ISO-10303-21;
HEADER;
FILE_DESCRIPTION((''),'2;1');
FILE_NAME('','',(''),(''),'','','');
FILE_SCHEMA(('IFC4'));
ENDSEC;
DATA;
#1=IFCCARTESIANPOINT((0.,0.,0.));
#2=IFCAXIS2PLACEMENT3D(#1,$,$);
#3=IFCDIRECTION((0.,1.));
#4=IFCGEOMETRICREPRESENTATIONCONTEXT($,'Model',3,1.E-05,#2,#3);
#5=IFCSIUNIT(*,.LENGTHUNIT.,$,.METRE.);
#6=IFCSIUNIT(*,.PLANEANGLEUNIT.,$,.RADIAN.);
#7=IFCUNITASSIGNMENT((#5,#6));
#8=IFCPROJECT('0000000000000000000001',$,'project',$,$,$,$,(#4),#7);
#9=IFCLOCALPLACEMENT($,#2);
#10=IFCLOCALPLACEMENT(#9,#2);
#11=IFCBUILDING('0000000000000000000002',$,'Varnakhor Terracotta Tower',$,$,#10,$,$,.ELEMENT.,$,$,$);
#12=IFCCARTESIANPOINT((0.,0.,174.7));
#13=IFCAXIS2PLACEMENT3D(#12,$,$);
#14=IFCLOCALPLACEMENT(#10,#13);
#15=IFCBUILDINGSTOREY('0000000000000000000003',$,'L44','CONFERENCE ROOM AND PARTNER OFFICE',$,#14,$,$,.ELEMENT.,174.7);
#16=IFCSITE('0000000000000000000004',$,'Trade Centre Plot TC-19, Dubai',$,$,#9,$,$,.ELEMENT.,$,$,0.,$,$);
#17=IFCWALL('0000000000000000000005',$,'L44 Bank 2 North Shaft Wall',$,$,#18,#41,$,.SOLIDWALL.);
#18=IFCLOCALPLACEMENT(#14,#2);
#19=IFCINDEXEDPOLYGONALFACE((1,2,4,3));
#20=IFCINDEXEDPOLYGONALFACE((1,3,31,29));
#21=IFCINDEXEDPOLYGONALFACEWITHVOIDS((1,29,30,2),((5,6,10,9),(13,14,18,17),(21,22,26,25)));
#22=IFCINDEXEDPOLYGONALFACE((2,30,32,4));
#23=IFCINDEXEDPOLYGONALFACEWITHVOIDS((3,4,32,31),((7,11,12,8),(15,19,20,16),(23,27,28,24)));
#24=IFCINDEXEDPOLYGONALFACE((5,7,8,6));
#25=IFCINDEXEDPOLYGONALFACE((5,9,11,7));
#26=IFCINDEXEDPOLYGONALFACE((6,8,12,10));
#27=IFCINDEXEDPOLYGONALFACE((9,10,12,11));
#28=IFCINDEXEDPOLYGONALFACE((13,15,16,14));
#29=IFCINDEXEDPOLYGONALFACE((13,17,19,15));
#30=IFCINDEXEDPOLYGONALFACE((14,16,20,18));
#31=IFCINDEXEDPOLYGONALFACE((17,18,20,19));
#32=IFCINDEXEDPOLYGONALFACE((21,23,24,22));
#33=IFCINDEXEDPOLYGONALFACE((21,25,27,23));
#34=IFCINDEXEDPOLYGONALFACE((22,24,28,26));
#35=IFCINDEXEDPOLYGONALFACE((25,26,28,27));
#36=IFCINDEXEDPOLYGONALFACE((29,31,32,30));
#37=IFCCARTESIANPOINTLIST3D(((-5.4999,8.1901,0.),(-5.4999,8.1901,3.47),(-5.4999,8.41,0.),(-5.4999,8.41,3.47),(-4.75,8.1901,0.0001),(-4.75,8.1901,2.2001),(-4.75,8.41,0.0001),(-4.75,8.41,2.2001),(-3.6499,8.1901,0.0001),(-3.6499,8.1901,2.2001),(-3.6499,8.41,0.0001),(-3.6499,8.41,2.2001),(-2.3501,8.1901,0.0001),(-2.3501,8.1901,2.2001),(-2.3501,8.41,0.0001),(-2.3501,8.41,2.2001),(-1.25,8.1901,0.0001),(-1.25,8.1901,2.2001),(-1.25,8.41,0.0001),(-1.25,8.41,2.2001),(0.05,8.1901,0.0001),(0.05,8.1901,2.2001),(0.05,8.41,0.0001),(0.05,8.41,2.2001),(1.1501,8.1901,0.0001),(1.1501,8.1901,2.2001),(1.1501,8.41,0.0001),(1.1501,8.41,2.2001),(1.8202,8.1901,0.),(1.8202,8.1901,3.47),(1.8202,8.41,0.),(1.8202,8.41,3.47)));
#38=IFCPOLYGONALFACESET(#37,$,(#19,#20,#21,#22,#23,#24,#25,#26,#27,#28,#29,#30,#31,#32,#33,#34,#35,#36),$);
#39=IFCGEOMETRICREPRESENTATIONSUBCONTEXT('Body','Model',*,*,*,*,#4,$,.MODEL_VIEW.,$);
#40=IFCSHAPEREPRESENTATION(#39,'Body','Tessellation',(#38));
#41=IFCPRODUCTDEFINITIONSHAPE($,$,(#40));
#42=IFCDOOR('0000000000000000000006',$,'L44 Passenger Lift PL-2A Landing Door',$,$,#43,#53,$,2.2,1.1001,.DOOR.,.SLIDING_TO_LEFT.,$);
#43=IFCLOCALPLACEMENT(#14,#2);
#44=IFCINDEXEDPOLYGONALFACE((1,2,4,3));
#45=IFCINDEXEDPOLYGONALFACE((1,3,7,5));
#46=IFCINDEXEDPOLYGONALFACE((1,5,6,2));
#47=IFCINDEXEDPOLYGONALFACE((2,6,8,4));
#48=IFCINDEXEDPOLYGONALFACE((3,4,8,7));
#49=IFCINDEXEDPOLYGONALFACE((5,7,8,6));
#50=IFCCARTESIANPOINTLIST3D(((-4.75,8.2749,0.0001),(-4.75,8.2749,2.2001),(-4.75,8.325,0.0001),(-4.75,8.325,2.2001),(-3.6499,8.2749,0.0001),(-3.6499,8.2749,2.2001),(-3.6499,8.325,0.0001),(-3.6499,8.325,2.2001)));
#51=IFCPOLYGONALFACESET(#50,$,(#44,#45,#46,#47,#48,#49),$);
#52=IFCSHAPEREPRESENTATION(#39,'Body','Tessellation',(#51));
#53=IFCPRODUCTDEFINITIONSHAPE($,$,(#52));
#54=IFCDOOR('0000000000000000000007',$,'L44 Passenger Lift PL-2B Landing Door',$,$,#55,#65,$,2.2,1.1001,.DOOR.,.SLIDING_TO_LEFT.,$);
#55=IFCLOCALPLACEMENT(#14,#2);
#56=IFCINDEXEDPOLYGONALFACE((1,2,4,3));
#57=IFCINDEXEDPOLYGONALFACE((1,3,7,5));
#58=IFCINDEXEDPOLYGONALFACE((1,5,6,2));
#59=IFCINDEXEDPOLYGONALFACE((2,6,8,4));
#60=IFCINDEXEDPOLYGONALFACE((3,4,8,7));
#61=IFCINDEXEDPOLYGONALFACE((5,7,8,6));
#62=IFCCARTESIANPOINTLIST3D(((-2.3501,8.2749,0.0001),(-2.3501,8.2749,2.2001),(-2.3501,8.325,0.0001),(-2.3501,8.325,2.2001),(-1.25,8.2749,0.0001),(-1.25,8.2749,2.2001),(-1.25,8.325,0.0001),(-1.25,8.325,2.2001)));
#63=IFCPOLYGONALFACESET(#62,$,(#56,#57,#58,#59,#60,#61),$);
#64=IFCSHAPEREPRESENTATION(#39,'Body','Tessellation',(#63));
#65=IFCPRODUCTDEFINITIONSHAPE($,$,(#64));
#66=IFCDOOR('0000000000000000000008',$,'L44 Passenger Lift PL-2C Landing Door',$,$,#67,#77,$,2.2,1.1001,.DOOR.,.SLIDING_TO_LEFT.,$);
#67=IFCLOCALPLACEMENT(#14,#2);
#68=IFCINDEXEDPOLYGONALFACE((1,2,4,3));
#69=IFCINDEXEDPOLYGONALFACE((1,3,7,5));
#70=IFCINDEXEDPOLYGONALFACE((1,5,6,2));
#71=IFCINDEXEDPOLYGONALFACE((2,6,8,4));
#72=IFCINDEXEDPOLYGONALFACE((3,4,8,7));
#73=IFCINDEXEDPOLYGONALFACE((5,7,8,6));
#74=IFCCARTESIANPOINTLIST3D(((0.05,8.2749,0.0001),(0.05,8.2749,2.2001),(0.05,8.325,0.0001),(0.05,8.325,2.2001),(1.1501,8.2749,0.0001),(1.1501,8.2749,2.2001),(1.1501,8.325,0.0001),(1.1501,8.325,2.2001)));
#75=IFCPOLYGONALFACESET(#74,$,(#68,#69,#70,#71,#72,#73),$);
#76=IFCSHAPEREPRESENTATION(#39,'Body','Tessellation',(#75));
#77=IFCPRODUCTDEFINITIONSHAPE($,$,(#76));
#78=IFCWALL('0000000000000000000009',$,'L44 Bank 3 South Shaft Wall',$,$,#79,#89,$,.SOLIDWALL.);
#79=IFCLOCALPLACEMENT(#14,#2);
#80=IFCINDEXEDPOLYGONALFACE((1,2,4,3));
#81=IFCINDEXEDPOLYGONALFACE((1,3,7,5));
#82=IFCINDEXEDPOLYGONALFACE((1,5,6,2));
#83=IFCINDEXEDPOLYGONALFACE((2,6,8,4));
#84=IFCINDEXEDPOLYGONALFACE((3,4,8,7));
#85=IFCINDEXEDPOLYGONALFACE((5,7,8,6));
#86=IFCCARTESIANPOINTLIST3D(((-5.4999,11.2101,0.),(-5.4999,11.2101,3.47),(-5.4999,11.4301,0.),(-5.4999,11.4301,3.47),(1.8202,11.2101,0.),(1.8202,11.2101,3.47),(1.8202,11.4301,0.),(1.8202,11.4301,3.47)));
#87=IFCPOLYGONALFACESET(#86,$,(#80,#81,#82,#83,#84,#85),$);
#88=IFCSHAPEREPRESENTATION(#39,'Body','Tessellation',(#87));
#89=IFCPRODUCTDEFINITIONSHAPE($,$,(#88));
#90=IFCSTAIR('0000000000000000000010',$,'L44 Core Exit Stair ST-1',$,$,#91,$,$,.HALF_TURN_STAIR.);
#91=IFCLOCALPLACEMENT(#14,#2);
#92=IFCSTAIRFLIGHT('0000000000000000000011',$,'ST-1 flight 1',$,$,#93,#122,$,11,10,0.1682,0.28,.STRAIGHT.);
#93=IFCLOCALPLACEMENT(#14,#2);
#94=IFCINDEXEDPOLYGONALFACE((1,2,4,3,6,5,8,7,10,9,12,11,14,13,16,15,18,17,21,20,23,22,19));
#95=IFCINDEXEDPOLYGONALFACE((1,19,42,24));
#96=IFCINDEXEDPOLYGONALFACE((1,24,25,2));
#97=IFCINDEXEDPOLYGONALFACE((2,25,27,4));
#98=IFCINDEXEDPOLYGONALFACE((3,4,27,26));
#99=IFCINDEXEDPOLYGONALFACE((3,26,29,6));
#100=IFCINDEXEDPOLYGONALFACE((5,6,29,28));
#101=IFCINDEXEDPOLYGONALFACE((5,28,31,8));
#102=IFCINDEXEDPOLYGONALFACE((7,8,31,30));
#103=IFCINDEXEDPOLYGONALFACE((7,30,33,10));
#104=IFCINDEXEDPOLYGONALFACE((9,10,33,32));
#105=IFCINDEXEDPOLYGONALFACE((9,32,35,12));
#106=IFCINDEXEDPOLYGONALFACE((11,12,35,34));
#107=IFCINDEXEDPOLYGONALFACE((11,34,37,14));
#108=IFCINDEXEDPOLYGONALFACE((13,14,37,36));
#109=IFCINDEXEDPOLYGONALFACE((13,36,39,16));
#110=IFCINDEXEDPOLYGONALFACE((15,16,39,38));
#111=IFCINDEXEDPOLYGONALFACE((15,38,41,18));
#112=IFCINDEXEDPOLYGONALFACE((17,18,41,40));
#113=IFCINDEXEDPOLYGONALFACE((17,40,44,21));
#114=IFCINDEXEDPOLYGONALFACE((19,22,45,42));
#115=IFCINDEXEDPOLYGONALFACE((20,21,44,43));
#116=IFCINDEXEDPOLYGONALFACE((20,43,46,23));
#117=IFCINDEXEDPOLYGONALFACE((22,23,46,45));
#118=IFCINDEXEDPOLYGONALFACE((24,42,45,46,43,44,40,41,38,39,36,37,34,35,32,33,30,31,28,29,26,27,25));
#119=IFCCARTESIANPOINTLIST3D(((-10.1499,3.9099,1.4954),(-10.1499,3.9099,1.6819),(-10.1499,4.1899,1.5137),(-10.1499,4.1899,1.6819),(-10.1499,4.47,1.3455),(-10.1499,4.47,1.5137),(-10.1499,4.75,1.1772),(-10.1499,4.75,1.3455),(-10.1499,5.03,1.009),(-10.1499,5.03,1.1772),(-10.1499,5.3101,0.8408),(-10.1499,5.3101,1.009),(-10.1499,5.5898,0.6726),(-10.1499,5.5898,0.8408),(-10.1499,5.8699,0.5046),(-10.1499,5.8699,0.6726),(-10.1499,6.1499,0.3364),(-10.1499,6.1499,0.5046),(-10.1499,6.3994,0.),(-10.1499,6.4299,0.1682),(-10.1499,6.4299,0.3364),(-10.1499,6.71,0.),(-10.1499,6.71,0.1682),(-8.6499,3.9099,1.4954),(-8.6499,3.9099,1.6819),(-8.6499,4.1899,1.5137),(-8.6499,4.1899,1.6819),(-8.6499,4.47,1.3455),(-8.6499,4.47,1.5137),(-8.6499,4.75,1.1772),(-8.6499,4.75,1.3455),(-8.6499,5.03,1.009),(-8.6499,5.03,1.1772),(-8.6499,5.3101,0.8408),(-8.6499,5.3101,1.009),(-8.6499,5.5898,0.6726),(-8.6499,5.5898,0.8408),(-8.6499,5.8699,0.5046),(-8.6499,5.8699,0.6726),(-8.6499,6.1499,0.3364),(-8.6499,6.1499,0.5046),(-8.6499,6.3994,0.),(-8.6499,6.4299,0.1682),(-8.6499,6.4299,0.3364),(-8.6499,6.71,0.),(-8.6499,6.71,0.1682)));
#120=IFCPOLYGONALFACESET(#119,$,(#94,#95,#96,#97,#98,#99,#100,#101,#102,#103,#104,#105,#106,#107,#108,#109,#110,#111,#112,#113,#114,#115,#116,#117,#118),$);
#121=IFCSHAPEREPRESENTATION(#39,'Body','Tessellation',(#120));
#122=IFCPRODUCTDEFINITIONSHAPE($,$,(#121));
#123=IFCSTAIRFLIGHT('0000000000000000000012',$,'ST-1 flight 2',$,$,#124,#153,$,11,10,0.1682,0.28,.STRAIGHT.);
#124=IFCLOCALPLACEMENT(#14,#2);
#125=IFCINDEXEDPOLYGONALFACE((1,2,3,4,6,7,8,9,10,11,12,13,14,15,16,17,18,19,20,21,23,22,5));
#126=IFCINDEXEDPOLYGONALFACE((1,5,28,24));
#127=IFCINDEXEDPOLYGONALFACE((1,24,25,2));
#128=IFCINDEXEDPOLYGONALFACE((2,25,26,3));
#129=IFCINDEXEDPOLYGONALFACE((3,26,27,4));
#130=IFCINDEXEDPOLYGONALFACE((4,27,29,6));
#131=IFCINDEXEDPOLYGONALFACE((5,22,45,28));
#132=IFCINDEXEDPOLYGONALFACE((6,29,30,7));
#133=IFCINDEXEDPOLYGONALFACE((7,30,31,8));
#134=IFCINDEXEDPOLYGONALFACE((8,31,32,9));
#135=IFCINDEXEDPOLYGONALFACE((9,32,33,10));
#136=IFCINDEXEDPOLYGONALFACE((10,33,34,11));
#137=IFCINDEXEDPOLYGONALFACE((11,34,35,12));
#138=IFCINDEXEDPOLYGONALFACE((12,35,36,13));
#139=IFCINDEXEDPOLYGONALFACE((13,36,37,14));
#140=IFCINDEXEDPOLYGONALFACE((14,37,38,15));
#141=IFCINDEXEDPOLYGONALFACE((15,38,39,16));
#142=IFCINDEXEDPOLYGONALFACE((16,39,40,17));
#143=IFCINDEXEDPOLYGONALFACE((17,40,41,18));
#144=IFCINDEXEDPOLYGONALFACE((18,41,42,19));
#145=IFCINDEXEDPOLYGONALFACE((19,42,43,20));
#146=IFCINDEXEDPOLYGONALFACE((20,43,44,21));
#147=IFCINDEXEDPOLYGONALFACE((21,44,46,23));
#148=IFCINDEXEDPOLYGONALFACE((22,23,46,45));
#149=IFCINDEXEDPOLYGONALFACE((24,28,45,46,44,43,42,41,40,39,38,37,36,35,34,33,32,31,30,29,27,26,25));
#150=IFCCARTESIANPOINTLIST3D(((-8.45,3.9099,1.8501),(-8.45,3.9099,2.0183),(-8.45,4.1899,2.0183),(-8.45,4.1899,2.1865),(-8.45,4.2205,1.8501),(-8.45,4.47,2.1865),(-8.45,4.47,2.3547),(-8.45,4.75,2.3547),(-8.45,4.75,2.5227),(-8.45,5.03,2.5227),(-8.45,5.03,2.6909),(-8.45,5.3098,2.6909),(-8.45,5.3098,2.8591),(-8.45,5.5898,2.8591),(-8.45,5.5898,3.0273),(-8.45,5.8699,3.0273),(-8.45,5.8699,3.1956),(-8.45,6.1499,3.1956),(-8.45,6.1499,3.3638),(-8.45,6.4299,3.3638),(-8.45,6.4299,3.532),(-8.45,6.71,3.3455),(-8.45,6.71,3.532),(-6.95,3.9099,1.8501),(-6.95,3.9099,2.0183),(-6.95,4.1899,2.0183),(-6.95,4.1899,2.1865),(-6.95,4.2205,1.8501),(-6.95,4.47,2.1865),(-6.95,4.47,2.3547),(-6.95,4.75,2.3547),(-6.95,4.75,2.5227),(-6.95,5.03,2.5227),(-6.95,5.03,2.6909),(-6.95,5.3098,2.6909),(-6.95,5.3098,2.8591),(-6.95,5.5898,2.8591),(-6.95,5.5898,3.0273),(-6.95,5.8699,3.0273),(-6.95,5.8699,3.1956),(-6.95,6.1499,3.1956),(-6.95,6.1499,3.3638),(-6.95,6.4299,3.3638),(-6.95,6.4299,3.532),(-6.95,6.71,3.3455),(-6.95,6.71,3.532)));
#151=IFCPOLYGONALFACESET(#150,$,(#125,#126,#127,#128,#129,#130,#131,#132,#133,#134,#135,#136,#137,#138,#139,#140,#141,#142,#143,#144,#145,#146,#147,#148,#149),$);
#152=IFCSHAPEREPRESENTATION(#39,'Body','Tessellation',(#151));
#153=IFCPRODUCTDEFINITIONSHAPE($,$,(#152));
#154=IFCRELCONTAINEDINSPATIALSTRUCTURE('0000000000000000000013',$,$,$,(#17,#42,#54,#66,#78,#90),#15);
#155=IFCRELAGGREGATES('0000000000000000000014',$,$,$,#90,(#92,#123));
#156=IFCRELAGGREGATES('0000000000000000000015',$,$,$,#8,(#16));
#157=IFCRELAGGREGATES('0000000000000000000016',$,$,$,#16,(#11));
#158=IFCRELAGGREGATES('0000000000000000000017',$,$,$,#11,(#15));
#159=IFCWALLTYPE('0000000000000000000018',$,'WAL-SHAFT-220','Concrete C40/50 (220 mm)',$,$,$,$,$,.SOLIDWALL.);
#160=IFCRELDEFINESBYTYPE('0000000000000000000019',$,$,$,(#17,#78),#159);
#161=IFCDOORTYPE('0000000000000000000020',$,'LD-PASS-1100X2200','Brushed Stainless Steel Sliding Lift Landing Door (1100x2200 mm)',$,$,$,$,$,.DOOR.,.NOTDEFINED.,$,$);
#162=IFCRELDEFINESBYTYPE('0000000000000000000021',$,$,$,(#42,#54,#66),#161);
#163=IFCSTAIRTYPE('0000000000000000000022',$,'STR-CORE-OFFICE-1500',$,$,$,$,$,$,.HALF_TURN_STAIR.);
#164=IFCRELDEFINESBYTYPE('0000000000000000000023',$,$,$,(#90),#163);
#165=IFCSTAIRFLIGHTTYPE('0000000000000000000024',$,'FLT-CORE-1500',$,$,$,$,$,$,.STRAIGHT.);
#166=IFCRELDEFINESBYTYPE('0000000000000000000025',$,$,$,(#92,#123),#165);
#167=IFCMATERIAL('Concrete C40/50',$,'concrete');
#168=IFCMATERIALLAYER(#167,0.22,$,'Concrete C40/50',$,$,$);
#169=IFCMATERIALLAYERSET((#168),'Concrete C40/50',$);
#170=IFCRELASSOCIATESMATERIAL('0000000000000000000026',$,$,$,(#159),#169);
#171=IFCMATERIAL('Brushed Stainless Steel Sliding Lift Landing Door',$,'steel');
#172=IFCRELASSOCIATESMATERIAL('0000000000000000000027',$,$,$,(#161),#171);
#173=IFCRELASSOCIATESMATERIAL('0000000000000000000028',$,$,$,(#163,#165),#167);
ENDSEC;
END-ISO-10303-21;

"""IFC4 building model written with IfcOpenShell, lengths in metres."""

from ifc_helpers import new_model, si_unit, direction, frame, frame_2d, origin, place, context, subcontext, project, spatial, polyline, rectangle, outline, extrude, source, transform, mapped, material, layer, layer_set, type_object, type_shapes, element, fill, aggregate, save


model = new_model("IFC4")

# Units and contexts
model_context = context("Model", 3, precision=1e-05, world=origin(), true_north=direction((0.0, 1.0)))
body_context = subcontext(model_context, "Body", "Model", "MODEL_VIEW")
ifc_project = project(units=[si_unit("LENGTHUNIT", "METRE"), si_unit("PLANEANGLEUNIT", "RADIAN")], contexts=[model_context])

# Site, building, storey
site_placement = place(None, origin())
site = spatial("IfcSite", under=ifc_project, at=site_placement, Name="Trade Centre Plot TC-19, Dubai", CompositionType="ELEMENT", RefElevation=0.0)
building_placement = place(site_placement, origin())
building = spatial("IfcBuilding", under=site, at=building_placement, Name="Varnakhor Terracotta Tower", CompositionType="ELEMENT")
storey_placement = place(building_placement, frame((0.0, 0.0, 174.7)))
storey = spatial("IfcBuildingStorey", under=building, at=storey_placement, Name="L44", Description="CONFERENCE ROOM AND PARTNER OFFICE", CompositionType="ELEMENT", Elevation=174.7)

# Shared definitions
ifc_material_1 = material(Name="Concrete C40/50", Category="concrete")

# Shared definitions
ifc_layer_1 = layer(ifc_material_1, 0.22, Name="Concrete C40/50")
ifc_layer_set_1 = layer_set([ifc_layer_1], Name="Concrete C40/50")
wall_type_1 = type_object("IfcWallType", Name="WAL-SHAFT-220", Description="Concrete C40/50 (220 mm)", PredefinedType="SOLIDWALL", material=ifc_layer_set_1)

# Wall, openings, doors
wall_1_placement = place(storey_placement, frame((-5.5, 8.3, 0.0), z_axis=(0.0, 0.0, 1.0), x_axis=(1.0, 0.0, 0.0)))
wall_1 = element("IfcWall", 1, at=wall_1_placement, inside=storey, type_object=wall_type_1, Name="L44 Bank 2 North Shaft Wall", PredefinedType="SOLIDWALL", context=body_context, shape_type="SweptSolid", body=[
    extrude(rectangle(XDim=7.3201, YDim=0.22, at=frame_2d((3.6602, 0.0))), origin(), (0.0, 0.0, 1.0), 3.47),
])
opening_1_placement = place(wall_1_placement, frame((0.75, 0.0, 0.0)))
opening_1 = element("IfcOpeningElement", 2, at=opening_1_placement, cuts=wall_1, PredefinedType="OPENING", context=body_context, shape_type="SweptSolid", body=[
    extrude(rectangle(XDim=1.1001, YDim=2.2, at=frame_2d((0.55, 1.1001))), frame((0.0, 0.1201, 0.0), z_axis=(0.0, -1.0, 0.0), x_axis=(1.0, 0.0, 0.0)), (0.0, 0.0, 1.0), 0.24),
])
opening_2_placement = place(wall_1_placement, frame((3.1499, 0.0, 0.0)))
opening_2 = element("IfcOpeningElement", 3, at=opening_2_placement, cuts=wall_1, PredefinedType="OPENING", context=body_context, shape_type="SweptSolid", body=[
    extrude(rectangle(XDim=1.1001, YDim=2.2, at=frame_2d((0.55, 1.1001))), frame((0.0, 0.1201, 0.0), z_axis=(0.0, -1.0, 0.0), x_axis=(1.0, 0.0, 0.0)), (0.0, 0.0, 1.0), 0.24),
])
opening_3_placement = place(wall_1_placement, frame((5.55, 0.0, 0.0)))
opening_3 = element("IfcOpeningElement", 4, at=opening_3_placement, cuts=wall_1, PredefinedType="OPENING", context=body_context, shape_type="SweptSolid", body=[
    extrude(rectangle(XDim=1.1001, YDim=2.2, at=frame_2d((0.55, 1.1001))), frame((0.0, 0.1201, 0.0), z_axis=(0.0, -1.0, 0.0), x_axis=(1.0, 0.0, 0.0)), (0.0, 0.0, 1.0), 0.24),
])
ifc_material_2 = material(Name="Brushed Stainless Steel Sliding Lift Landing Door", Category="steel")
door_type_1 = type_object("IfcDoorType", Name="LD-PASS-1100X2200", Description="Brushed Stainless Steel Sliding Lift Landing Door (1100x2200 mm)", OperationType="NOTDEFINED", PredefinedType="DOOR", material=ifc_material_2)
shared_shape_1 = source(origin(), body_context, "Body", "SweptSolid", [
    extrude(rectangle(XDim=1.1001, YDim=2.2, at=frame_2d((0.55, 1.1001))), frame((0.0, 0.0249, 0.0), z_axis=(0.0, -1.0, 0.0), x_axis=(1.0, 0.0, 0.0)), (0.0, 0.0, 1.0), 0.05),
])
type_shapes(door_type_1, [shared_shape_1])
door_1_placement = place(opening_1_placement, origin())
door_1 = element("IfcDoor", 5, at=door_1_placement, inside=storey, type_object=door_type_1, Name="L44 Passenger Lift PL-2A Landing Door", OperationType="SLIDING_TO_LEFT", OverallHeight=2.2, OverallWidth=1.1001, PredefinedType="DOOR", context=body_context, shape_type="MappedRepresentation", body=[
    mapped(shared_shape_1, transform((0.0, 0.0, 0.0), scale=1.0)),
])
fill(opening_1, door_1)
door_2_placement = place(opening_2_placement, origin())
door_2 = element("IfcDoor", 6, at=door_2_placement, inside=storey, type_object=door_type_1, Name="L44 Passenger Lift PL-2B Landing Door", OperationType="SLIDING_TO_LEFT", OverallHeight=2.2, OverallWidth=1.1001, PredefinedType="DOOR", context=body_context, shape_type="MappedRepresentation", body=[
    mapped(shared_shape_1, transform((0.0, 0.0, 0.0), scale=1.0)),
])
fill(opening_2, door_2)
door_3_placement = place(opening_3_placement, origin())
door_3 = element("IfcDoor", 7, at=door_3_placement, inside=storey, type_object=door_type_1, Name="L44 Passenger Lift PL-2C Landing Door", OperationType="SLIDING_TO_LEFT", OverallHeight=2.2, OverallWidth=1.1001, PredefinedType="DOOR", context=body_context, shape_type="MappedRepresentation", body=[
    mapped(shared_shape_1, transform((0.0, 0.0, 0.0), scale=1.0)),
])
fill(opening_3, door_3)

# Wall
wall_2_placement = place(storey_placement, frame((-5.5, 11.3201, 0.0), z_axis=(0.0, 0.0, 1.0), x_axis=(1.0, 0.0, 0.0)))
element("IfcWall", 8, at=wall_2_placement, inside=storey, type_object=wall_type_1, Name="L44 Bank 3 South Shaft Wall", PredefinedType="SOLIDWALL", context=body_context, shape_type="SweptSolid", body=[
    extrude(rectangle(XDim=7.3201, YDim=0.22, at=frame_2d((3.6602, 0.0))), origin(), (0.0, 0.0, 1.0), 3.47),
])

# Stair, stair flights
stair_type = type_object("IfcStairType", Name="STR-CORE-OFFICE-1500", PredefinedType="HALF_TURN_STAIR", material=ifc_material_1)
stair_placement = place(storey_placement, origin())
stair = element("IfcStair", 9, at=stair_placement, inside=storey, type_object=stair_type, Name="L44 Core Exit Stair ST-1", PredefinedType="HALF_TURN_STAIR")
stair_flight_type = type_object("IfcStairFlightType", Name="FLT-CORE-1500", PredefinedType="STRAIGHT", material=ifc_material_1)
stair_flight_1_placement = place(storey_placement, frame((-9.3999, 6.71, 0.0), z_axis=(0.0, 0.0, 1.0), x_axis=(0.0, -1.0, 0.0)))
stair_flight_1 = element("IfcStairFlight", 10, at=stair_flight_1_placement, type_object=stair_flight_type, Name="ST-1 flight 1", NumberOfRisers=11, NumberOfTreads=10, PredefinedType="STRAIGHT", RiserHeight=0.1682, TreadLength=0.28, context=body_context, shape_type="SweptSolid", body=[
    extrude(outline(polyline([(0.0, 0.0), (0.0, 0.1682), (0.28, 0.1682), (0.28, 0.3364), (0.5601, 0.3364), (0.5601, 0.5046), (0.8401, 0.5046), (0.8401, 0.6726), (1.1201, 0.6726), (1.1201, 0.8408), (1.3999, 0.8408), (1.3999, 1.009), (1.6799, 1.009), (1.6799, 1.1772), (1.96, 1.1772), (1.96, 1.3455), (2.24, 1.3455), (2.24, 1.5137), (2.52, 1.5137), (2.52, 1.6819), (2.8, 1.6819), (2.8, 1.8501), (2.8, 1.4954), (0.3105, 0.0), (0.0, 0.0)])), frame((0.0, 0.75, 0.0), z_axis=(0.0, -1.0, 0.0), x_axis=(1.0, 0.0, 0.0)), (0.0, 0.0, 1.0), 1.5),
])
stair_flight_2_placement = place(storey_placement, frame((-7.7, 3.9099, 1.8501), z_axis=(0.0, 0.0, 1.0), x_axis=(0.0, 1.0, 0.0)))
stair_flight_2 = element("IfcStairFlight", 11, at=stair_flight_2_placement, type_object=stair_flight_type, Name="ST-1 flight 2", NumberOfRisers=11, NumberOfTreads=10, PredefinedType="STRAIGHT", RiserHeight=0.1682, TreadLength=0.28, context=body_context, shape_type="SweptSolid", body=[
    extrude(outline(polyline([(0.0, 0.0), (0.0, 0.1682), (0.28, 0.1682), (0.28, 0.3364), (0.5601, 0.3364), (0.5601, 0.5046), (0.8401, 0.5046), (0.8401, 0.6726), (1.1201, 0.6726), (1.1201, 0.8408), (1.3999, 0.8408), (1.3999, 1.009), (1.6799, 1.009), (1.6799, 1.1772), (1.96, 1.1772), (1.96, 1.3455), (2.24, 1.3455), (2.24, 1.5137), (2.52, 1.5137), (2.52, 1.6819), (2.8, 1.6819), (2.8, 1.8501), (2.8, 1.4954), (0.3105, 0.0), (0.0, 0.0)])), frame((0.0, 0.75, 0.0), z_axis=(0.0, -1.0, 0.0), x_axis=(1.0, 0.0, 0.0)), (0.0, 0.0, 1.0), 1.5),
])
aggregate(stair, [stair_flight_1, stair_flight_2])

save(model, "model.ifc")
